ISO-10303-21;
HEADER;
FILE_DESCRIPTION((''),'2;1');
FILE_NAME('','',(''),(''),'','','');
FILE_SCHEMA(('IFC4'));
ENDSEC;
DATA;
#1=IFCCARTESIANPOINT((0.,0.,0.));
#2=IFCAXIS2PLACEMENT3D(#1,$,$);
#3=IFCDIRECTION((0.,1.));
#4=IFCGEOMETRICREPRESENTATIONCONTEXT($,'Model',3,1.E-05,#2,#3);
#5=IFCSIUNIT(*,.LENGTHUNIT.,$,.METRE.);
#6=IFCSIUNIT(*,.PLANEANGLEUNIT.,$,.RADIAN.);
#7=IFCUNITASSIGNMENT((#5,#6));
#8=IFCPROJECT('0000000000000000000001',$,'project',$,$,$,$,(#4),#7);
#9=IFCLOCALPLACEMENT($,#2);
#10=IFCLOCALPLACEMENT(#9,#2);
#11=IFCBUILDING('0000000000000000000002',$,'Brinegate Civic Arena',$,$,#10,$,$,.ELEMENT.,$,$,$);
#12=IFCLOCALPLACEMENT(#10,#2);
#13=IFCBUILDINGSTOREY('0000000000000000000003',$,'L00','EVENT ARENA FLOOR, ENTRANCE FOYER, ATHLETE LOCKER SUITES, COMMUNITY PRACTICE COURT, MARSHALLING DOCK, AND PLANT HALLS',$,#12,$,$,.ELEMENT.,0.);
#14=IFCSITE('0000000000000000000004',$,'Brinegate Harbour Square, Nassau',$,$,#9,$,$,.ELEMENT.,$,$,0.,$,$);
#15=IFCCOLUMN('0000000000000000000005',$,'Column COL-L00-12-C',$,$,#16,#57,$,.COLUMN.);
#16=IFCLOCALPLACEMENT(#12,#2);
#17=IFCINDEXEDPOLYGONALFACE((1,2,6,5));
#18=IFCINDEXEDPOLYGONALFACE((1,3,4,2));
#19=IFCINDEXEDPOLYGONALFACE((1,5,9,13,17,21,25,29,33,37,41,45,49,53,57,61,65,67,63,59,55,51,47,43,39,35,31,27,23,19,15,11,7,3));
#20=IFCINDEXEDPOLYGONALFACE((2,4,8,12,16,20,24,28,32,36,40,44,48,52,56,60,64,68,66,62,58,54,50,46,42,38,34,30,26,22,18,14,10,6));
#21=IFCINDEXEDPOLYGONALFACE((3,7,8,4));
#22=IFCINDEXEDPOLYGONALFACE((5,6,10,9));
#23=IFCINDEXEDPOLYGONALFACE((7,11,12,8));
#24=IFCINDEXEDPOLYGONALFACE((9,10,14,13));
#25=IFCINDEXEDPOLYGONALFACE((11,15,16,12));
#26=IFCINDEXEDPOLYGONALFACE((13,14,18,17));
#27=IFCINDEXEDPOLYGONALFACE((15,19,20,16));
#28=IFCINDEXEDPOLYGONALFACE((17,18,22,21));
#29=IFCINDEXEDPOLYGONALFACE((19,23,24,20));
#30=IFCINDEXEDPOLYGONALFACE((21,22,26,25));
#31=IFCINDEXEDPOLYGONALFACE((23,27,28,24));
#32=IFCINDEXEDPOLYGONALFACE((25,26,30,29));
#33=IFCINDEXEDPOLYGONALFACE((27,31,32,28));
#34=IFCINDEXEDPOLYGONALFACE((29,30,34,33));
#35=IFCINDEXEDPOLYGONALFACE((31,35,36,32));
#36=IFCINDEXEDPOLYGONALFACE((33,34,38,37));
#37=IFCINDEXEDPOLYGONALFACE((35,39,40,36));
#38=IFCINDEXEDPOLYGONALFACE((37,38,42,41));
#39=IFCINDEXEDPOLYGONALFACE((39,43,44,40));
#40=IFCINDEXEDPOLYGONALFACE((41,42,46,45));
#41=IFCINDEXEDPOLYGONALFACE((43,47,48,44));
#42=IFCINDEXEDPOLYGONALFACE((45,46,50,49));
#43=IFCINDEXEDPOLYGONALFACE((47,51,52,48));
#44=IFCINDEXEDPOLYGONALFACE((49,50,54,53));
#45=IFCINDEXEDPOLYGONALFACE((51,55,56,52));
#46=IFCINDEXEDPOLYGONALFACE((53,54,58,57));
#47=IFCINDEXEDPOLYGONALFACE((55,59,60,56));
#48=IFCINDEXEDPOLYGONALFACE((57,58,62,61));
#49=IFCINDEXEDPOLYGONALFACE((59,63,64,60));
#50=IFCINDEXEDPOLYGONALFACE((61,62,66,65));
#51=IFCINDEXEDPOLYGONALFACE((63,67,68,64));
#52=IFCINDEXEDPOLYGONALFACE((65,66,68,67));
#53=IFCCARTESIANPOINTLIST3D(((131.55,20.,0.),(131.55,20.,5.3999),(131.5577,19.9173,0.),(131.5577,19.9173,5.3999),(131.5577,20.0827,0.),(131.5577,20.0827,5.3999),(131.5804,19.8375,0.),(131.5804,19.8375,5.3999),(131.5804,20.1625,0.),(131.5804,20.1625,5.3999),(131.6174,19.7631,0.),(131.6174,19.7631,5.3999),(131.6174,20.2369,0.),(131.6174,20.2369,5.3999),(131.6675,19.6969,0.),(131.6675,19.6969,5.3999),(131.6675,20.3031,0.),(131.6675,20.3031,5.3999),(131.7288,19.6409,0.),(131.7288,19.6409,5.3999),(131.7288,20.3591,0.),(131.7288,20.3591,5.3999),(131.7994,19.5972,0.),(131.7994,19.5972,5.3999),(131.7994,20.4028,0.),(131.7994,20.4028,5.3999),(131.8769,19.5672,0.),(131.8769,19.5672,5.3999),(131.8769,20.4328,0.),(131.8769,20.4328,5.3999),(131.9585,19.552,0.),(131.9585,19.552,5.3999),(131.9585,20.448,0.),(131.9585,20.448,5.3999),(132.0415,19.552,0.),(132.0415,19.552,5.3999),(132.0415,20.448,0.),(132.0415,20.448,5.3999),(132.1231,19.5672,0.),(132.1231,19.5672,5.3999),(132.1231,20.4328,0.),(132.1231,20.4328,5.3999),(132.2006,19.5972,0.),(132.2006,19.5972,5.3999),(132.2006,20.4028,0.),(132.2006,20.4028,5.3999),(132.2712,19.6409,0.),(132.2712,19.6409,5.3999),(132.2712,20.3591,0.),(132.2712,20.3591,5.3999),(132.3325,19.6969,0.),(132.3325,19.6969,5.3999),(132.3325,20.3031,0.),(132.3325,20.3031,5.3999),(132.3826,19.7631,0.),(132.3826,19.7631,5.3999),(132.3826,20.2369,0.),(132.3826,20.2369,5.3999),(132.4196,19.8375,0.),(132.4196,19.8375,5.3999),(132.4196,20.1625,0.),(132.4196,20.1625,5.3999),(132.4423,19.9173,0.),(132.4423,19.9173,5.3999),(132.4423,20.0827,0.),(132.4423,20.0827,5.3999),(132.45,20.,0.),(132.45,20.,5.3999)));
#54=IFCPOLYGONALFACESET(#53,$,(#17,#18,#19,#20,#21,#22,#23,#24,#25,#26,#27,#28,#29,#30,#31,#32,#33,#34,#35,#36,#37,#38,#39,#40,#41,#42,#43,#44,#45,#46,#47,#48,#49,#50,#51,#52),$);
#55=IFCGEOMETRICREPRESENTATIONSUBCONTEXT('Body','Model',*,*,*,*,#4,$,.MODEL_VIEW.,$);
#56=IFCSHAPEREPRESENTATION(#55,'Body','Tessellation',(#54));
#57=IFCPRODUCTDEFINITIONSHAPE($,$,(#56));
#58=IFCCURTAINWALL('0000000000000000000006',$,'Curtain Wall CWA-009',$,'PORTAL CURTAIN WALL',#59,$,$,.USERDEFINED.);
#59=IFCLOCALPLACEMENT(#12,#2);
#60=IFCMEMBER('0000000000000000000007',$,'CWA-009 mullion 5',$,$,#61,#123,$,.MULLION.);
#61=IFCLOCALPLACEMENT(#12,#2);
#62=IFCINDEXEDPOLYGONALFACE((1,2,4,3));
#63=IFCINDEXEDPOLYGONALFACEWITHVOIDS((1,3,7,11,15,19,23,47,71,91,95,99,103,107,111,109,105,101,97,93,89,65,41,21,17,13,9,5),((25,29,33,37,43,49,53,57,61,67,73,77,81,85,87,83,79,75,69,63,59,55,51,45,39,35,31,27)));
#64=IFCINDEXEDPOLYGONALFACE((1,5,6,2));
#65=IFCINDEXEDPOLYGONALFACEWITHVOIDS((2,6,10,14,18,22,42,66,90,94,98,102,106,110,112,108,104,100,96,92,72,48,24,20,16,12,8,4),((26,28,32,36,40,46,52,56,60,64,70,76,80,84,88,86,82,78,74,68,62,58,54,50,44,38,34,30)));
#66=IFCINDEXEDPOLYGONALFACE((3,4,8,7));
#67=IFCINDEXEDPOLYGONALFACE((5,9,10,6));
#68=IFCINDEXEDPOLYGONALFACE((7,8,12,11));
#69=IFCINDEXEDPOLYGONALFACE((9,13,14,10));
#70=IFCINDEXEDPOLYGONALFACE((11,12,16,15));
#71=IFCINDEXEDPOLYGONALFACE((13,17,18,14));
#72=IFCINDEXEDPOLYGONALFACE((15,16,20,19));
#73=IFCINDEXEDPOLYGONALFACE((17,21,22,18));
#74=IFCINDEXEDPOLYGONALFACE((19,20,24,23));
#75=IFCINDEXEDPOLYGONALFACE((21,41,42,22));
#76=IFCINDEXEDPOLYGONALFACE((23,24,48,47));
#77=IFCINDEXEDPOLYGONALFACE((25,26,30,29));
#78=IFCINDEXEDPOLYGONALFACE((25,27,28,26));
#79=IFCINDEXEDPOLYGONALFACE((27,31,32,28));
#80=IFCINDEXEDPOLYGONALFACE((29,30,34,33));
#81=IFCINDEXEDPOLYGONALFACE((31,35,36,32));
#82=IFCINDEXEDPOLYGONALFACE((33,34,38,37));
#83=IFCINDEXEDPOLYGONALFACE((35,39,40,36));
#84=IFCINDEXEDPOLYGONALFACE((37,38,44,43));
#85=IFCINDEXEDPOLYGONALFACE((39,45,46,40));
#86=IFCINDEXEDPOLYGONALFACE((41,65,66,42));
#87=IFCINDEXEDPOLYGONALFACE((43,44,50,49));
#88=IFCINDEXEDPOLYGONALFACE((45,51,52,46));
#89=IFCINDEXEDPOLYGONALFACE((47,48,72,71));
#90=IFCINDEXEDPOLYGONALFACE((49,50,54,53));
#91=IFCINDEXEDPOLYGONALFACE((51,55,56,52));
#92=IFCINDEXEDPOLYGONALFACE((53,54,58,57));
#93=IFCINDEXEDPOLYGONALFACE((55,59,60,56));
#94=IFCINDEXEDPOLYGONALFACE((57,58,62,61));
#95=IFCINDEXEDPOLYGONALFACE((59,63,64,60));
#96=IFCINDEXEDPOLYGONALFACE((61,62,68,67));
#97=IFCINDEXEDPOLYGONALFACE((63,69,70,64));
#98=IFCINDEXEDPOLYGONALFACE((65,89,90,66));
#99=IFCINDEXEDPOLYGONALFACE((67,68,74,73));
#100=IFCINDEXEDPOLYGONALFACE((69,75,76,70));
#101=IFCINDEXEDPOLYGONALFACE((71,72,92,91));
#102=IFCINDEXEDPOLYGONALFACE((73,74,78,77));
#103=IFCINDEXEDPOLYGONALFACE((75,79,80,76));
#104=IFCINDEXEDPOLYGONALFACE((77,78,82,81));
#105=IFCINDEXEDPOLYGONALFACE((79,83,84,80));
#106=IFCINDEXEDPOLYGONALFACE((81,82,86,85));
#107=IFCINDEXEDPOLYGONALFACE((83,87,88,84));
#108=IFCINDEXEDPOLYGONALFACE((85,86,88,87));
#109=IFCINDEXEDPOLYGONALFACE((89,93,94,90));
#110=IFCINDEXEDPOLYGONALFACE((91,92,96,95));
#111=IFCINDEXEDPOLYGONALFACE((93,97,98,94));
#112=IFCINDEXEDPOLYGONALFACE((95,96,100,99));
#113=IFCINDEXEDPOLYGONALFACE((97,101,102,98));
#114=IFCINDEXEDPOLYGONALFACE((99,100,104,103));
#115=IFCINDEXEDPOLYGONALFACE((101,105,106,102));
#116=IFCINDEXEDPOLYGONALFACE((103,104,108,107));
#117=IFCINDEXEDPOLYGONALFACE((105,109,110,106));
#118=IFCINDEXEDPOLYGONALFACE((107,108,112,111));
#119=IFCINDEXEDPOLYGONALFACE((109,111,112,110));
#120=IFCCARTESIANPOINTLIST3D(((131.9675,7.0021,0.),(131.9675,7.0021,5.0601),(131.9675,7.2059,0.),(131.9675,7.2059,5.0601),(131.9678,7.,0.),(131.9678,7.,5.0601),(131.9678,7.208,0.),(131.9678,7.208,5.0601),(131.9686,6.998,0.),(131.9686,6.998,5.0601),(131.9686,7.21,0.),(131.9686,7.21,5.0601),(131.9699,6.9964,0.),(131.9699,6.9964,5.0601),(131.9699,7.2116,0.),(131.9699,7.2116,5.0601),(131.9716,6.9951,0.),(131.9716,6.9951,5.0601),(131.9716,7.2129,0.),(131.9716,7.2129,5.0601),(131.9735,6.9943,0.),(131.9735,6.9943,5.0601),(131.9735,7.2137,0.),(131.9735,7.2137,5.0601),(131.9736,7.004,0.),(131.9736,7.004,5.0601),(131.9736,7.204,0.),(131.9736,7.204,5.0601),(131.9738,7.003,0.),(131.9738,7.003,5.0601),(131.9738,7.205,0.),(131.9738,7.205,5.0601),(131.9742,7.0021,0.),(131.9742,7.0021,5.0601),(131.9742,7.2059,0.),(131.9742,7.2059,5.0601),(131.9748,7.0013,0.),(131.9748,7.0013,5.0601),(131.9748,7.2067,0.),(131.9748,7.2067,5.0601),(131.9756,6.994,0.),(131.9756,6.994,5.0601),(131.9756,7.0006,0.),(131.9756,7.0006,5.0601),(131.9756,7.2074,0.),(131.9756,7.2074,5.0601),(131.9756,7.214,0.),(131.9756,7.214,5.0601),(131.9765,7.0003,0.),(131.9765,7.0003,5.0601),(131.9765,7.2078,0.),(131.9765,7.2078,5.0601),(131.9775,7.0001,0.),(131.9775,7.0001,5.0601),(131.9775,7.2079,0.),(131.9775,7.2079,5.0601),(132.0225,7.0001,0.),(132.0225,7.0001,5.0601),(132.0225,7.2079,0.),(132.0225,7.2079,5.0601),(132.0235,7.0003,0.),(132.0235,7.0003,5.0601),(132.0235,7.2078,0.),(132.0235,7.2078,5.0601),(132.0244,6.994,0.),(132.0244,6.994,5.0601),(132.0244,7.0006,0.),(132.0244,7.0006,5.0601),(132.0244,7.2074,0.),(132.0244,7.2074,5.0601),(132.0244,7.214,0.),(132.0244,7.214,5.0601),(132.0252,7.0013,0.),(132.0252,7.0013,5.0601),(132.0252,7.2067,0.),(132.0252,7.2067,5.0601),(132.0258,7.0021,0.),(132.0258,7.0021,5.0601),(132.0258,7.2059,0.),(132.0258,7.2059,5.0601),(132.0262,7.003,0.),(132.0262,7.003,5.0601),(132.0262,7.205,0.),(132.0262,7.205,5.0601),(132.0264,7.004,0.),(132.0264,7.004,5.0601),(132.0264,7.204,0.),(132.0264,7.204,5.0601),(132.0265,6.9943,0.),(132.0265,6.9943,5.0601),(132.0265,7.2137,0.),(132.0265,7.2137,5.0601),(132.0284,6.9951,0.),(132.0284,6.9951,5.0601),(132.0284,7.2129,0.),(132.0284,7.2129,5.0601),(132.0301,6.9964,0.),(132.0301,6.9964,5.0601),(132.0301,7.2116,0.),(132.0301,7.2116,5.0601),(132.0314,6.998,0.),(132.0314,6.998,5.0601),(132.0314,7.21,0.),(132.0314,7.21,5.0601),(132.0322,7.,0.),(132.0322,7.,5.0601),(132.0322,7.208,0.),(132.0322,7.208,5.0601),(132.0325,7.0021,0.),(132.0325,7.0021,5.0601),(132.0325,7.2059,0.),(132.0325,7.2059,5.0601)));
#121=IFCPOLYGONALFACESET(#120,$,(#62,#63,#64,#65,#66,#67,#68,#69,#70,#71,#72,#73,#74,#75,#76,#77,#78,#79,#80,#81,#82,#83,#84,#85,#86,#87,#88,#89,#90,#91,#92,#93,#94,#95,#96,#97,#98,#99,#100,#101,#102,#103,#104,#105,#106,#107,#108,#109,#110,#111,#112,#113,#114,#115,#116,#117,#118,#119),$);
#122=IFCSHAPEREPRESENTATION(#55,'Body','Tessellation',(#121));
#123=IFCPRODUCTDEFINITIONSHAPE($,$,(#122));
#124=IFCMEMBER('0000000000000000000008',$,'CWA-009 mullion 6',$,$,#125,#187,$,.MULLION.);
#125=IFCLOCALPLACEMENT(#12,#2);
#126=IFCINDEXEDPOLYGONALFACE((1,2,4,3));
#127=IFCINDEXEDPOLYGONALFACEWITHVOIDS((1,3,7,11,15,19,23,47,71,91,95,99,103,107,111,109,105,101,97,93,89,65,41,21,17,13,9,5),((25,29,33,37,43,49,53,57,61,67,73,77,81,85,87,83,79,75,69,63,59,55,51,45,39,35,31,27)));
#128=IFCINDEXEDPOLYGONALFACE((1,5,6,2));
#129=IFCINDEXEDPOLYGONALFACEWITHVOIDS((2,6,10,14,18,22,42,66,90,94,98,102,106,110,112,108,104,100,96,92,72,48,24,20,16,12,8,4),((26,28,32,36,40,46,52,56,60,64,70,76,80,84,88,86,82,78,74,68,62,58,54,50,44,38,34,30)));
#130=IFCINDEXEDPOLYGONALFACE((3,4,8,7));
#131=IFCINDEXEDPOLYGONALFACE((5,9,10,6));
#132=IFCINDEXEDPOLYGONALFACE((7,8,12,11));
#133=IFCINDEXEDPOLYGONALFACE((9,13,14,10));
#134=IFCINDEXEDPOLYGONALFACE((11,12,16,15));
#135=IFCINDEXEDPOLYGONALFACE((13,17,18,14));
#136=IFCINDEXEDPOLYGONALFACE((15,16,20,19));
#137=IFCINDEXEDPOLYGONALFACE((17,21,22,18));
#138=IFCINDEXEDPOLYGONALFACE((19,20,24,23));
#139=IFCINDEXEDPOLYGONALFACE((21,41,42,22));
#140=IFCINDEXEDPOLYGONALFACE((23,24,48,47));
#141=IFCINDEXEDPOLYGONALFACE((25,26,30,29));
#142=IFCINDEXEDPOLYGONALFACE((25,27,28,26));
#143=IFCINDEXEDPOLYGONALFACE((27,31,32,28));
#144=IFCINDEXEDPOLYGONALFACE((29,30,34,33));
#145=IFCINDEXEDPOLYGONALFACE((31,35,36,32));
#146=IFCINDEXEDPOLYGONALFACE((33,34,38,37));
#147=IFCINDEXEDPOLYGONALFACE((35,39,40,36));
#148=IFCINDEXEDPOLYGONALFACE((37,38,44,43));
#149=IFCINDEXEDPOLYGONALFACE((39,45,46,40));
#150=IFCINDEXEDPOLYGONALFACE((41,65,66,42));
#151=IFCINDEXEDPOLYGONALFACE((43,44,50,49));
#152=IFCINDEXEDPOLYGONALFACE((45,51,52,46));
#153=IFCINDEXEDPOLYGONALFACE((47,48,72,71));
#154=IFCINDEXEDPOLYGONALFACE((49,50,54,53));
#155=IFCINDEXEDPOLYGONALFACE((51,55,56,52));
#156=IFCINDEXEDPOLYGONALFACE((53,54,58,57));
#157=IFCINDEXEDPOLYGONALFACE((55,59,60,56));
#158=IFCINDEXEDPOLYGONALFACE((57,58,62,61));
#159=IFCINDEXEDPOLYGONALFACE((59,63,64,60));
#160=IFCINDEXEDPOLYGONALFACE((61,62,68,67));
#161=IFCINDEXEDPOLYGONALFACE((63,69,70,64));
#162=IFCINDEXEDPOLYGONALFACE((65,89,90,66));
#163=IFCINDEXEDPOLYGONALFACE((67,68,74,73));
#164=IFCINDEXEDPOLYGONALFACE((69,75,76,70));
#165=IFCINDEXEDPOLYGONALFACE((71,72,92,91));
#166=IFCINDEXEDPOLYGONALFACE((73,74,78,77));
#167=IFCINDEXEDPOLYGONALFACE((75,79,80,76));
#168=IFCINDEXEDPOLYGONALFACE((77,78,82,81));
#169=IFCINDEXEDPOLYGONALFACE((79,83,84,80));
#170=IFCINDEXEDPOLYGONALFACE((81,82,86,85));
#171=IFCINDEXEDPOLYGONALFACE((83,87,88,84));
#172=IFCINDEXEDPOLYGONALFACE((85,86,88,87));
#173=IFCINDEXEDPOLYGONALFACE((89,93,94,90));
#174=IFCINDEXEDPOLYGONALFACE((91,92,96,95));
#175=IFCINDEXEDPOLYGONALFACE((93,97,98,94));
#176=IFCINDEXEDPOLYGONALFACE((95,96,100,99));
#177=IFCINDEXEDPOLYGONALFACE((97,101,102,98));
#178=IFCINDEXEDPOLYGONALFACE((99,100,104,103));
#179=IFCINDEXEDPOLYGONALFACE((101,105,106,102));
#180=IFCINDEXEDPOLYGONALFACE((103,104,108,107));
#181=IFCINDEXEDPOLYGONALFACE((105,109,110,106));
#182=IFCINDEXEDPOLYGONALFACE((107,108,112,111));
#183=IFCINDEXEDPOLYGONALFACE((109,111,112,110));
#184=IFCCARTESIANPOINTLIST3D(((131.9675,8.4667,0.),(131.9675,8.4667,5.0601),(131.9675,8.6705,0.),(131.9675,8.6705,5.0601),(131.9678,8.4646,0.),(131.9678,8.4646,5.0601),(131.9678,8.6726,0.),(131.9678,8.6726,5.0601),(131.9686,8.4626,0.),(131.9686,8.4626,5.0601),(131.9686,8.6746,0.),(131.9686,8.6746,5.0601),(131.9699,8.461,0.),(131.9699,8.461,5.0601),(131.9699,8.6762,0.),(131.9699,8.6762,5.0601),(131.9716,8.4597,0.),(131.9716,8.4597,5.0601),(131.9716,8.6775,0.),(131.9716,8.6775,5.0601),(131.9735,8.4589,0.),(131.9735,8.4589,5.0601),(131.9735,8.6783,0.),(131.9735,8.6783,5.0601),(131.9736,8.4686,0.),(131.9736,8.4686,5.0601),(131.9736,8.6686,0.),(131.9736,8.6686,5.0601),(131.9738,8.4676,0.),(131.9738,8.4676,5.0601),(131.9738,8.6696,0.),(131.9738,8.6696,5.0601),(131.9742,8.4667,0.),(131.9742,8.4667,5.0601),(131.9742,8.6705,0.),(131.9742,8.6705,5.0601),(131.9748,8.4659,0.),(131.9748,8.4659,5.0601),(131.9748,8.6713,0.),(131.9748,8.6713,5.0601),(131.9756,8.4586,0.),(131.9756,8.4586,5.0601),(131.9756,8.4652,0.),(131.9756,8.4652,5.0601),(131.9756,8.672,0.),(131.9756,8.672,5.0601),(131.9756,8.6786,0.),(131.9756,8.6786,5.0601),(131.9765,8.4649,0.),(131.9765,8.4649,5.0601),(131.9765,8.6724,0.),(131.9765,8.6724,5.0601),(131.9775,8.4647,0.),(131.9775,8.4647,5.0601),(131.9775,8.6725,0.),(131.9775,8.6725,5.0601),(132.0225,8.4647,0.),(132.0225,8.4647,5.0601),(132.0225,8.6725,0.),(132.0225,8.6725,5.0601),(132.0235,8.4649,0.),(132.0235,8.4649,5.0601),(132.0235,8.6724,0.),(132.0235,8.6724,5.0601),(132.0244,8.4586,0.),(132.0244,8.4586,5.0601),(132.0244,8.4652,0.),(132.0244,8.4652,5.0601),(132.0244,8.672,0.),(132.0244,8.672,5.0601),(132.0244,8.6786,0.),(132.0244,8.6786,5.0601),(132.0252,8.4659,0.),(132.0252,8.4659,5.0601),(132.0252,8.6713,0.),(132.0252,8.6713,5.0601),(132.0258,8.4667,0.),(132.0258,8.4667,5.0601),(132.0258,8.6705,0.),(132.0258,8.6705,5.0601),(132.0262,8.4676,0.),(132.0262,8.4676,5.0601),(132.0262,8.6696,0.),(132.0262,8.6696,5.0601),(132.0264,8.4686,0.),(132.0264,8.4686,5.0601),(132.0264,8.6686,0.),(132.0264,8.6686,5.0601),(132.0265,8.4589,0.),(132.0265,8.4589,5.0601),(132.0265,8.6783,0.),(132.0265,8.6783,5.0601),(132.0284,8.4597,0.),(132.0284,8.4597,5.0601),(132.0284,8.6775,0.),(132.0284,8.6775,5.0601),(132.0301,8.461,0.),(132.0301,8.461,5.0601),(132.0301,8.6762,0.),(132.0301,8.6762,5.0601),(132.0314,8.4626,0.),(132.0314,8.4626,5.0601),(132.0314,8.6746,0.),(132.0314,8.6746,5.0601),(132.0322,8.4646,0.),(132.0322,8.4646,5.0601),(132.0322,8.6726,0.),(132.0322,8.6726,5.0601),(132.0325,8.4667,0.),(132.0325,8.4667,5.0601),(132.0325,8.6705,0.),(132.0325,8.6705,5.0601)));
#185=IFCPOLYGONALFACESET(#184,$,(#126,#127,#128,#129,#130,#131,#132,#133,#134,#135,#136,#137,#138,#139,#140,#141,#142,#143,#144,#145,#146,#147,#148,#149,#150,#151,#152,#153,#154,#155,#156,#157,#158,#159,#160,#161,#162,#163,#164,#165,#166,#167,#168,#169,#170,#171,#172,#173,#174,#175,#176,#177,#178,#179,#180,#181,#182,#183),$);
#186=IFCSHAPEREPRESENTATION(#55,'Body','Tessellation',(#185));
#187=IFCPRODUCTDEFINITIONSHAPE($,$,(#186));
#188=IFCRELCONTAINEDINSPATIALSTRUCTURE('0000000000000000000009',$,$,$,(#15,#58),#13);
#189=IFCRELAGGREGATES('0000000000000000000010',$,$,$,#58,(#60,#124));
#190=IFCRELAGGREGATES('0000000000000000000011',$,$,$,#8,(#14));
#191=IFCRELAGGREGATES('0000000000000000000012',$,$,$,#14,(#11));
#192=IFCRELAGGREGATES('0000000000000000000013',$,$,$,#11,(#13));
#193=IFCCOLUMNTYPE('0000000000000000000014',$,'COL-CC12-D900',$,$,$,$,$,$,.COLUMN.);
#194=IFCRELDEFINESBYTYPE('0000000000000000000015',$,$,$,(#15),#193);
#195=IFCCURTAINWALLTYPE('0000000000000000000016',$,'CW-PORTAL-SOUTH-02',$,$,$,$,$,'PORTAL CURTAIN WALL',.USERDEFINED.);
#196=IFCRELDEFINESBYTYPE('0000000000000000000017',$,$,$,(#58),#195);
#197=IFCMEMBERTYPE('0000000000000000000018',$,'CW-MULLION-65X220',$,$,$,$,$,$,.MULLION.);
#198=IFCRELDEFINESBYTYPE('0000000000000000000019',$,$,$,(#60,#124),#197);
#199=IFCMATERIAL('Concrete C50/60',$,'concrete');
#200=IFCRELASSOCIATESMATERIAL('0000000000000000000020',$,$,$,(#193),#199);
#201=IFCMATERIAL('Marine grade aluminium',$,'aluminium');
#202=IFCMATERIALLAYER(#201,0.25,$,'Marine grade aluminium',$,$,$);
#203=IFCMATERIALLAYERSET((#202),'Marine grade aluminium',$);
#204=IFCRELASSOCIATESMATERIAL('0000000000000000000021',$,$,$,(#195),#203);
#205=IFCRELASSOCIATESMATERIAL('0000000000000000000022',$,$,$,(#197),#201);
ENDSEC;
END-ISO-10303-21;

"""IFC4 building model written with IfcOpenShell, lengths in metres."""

from ifc_helpers import new_model, si_unit, direction, frame, origin, origin_2d, place, context, subcontext, project, spatial, hollow_rectangle, circle, extrude, material, layer, layer_set, material_profile, profile_set, type_object, element, aggregate, save


model = new_model("IFC4")

# Units and contexts
model_context = context("Model", 3, precision=1e-05, world=origin(), true_north=direction((0.0, 1.0)))
body_context = subcontext(model_context, "Body", "Model", "MODEL_VIEW")
ifc_project = project(units=[si_unit("LENGTHUNIT", "METRE"), si_unit("PLANEANGLEUNIT", "RADIAN")], contexts=[model_context])

# Site, building, storey
site_placement = place(None, origin())
site = spatial("IfcSite", under=ifc_project, at=site_placement, Name="Brinegate Harbour Square, Nassau", CompositionType="ELEMENT", RefElevation=0.0)
building_placement = place(site_placement, origin())
building = spatial("IfcBuilding", under=site, at=building_placement, Name="Brinegate Civic Arena", CompositionType="ELEMENT")
storey_placement = place(building_placement, origin())
storey = spatial("IfcBuildingStorey", under=building, at=storey_placement, Name="L00", Description="EVENT ARENA FLOOR, ENTRANCE FOYER, ATHLETE LOCKER SUITES, COMMUNITY PRACTICE COURT, MARSHALLING DOCK, AND PLANT HALLS", CompositionType="ELEMENT", Elevation=0.0)

# Column
ifc_material_1 = material(Name="Concrete C50/60", Category="concrete")
ifc_material_profile_1 = material_profile(ifc_material_1, circle(Radius=0.45, at=origin_2d()), Name="RCD900")
ifc_profile_set_1 = profile_set([ifc_material_profile_1], Name="Concrete C50/60")
column_type_1 = type_object("IfcColumnType", Name="COL-CC12-D900", PredefinedType="COLUMN", material=ifc_profile_set_1)
column_1_placement = place(storey_placement, frame((132.0, 20.0, 0.0), z_axis=(0.0, 0.0, 1.0), x_axis=(1.0, 0.0, 0.0)))
element("IfcColumn", 1, at=column_1_placement, inside=storey, type_object=column_type_1, Name="Column COL-L00-12-C", PredefinedType="COLUMN", context=body_context, shape_type="SweptSolid", body=[
    extrude(circle(Radius=0.45, at=origin_2d()), origin(), (0.0, 0.0, 1.0), 5.3999),
])

# Curtain wall, members
ifc_material_2 = material(Name="Marine grade aluminium", Category="aluminium")
ifc_layer_1 = layer(ifc_material_2, 0.25, Name="Marine grade aluminium")
ifc_layer_set_1 = layer_set([ifc_layer_1], Name="Marine grade aluminium")
curtain_wall_type = type_object("IfcCurtainWallType", Name="CW-PORTAL-SOUTH-02", ElementType="PORTAL CURTAIN WALL", PredefinedType="USERDEFINED", material=ifc_layer_set_1)
curtain_wall_placement = place(storey_placement, origin())
curtain_wall = element("IfcCurtainWall", 2, at=curtain_wall_placement, inside=storey, type_object=curtain_wall_type, Name="Curtain Wall CWA-009", ObjectType="PORTAL CURTAIN WALL", PredefinedType="USERDEFINED")
ifc_material_profile_2 = material_profile(ifc_material_2, hollow_rectangle(XDim=0.0649, YDim=0.22, WallThickness=0.0061, InnerFilletRadius=0.0039, OuterFilletRadius=0.0081, at=origin_2d()), Name="MUL65X220")
ifc_profile_set_2 = profile_set([ifc_material_profile_2], Name="Marine grade aluminium")
member_type_1 = type_object("IfcMemberType", Name="CW-MULLION-65X220", PredefinedType="MULLION", material=ifc_profile_set_2)
member_1_placement = place(storey_placement, frame((132.0, 7.104, 0.0), z_axis=(0.0, 0.0, 1.0), x_axis=(-1.0, 0.0, 0.0)))
member_1 = element("IfcMember", 3, at=member_1_placement, type_object=member_type_1, Name="CWA-009 mullion 5", PredefinedType="MULLION", context=body_context, shape_type="SweptSolid", body=[
    extrude(hollow_rectangle(XDim=0.0649, YDim=0.22, WallThickness=0.0061, InnerFilletRadius=0.0039, OuterFilletRadius=0.0081, at=origin_2d()), origin(), (0.0, 0.0, 1.0), 5.0601),
])
member_2_placement = place(storey_placement, frame((132.0, 8.5686, 0.0), z_axis=(0.0, 0.0, 1.0), x_axis=(-1.0, 0.0, 0.0)))
member_2 = element("IfcMember", 4, at=member_2_placement, type_object=member_type_1, Name="CWA-009 mullion 6", PredefinedType="MULLION", context=body_context, shape_type="SweptSolid", body=[
    extrude(hollow_rectangle(XDim=0.0649, YDim=0.22, WallThickness=0.0061, InnerFilletRadius=0.0039, OuterFilletRadius=0.0081, at=origin_2d()), origin(), (0.0, 0.0, 1.0), 5.0601),
])
aggregate(curtain_wall, [member_1, member_2])

save(model, "model.ifc")
